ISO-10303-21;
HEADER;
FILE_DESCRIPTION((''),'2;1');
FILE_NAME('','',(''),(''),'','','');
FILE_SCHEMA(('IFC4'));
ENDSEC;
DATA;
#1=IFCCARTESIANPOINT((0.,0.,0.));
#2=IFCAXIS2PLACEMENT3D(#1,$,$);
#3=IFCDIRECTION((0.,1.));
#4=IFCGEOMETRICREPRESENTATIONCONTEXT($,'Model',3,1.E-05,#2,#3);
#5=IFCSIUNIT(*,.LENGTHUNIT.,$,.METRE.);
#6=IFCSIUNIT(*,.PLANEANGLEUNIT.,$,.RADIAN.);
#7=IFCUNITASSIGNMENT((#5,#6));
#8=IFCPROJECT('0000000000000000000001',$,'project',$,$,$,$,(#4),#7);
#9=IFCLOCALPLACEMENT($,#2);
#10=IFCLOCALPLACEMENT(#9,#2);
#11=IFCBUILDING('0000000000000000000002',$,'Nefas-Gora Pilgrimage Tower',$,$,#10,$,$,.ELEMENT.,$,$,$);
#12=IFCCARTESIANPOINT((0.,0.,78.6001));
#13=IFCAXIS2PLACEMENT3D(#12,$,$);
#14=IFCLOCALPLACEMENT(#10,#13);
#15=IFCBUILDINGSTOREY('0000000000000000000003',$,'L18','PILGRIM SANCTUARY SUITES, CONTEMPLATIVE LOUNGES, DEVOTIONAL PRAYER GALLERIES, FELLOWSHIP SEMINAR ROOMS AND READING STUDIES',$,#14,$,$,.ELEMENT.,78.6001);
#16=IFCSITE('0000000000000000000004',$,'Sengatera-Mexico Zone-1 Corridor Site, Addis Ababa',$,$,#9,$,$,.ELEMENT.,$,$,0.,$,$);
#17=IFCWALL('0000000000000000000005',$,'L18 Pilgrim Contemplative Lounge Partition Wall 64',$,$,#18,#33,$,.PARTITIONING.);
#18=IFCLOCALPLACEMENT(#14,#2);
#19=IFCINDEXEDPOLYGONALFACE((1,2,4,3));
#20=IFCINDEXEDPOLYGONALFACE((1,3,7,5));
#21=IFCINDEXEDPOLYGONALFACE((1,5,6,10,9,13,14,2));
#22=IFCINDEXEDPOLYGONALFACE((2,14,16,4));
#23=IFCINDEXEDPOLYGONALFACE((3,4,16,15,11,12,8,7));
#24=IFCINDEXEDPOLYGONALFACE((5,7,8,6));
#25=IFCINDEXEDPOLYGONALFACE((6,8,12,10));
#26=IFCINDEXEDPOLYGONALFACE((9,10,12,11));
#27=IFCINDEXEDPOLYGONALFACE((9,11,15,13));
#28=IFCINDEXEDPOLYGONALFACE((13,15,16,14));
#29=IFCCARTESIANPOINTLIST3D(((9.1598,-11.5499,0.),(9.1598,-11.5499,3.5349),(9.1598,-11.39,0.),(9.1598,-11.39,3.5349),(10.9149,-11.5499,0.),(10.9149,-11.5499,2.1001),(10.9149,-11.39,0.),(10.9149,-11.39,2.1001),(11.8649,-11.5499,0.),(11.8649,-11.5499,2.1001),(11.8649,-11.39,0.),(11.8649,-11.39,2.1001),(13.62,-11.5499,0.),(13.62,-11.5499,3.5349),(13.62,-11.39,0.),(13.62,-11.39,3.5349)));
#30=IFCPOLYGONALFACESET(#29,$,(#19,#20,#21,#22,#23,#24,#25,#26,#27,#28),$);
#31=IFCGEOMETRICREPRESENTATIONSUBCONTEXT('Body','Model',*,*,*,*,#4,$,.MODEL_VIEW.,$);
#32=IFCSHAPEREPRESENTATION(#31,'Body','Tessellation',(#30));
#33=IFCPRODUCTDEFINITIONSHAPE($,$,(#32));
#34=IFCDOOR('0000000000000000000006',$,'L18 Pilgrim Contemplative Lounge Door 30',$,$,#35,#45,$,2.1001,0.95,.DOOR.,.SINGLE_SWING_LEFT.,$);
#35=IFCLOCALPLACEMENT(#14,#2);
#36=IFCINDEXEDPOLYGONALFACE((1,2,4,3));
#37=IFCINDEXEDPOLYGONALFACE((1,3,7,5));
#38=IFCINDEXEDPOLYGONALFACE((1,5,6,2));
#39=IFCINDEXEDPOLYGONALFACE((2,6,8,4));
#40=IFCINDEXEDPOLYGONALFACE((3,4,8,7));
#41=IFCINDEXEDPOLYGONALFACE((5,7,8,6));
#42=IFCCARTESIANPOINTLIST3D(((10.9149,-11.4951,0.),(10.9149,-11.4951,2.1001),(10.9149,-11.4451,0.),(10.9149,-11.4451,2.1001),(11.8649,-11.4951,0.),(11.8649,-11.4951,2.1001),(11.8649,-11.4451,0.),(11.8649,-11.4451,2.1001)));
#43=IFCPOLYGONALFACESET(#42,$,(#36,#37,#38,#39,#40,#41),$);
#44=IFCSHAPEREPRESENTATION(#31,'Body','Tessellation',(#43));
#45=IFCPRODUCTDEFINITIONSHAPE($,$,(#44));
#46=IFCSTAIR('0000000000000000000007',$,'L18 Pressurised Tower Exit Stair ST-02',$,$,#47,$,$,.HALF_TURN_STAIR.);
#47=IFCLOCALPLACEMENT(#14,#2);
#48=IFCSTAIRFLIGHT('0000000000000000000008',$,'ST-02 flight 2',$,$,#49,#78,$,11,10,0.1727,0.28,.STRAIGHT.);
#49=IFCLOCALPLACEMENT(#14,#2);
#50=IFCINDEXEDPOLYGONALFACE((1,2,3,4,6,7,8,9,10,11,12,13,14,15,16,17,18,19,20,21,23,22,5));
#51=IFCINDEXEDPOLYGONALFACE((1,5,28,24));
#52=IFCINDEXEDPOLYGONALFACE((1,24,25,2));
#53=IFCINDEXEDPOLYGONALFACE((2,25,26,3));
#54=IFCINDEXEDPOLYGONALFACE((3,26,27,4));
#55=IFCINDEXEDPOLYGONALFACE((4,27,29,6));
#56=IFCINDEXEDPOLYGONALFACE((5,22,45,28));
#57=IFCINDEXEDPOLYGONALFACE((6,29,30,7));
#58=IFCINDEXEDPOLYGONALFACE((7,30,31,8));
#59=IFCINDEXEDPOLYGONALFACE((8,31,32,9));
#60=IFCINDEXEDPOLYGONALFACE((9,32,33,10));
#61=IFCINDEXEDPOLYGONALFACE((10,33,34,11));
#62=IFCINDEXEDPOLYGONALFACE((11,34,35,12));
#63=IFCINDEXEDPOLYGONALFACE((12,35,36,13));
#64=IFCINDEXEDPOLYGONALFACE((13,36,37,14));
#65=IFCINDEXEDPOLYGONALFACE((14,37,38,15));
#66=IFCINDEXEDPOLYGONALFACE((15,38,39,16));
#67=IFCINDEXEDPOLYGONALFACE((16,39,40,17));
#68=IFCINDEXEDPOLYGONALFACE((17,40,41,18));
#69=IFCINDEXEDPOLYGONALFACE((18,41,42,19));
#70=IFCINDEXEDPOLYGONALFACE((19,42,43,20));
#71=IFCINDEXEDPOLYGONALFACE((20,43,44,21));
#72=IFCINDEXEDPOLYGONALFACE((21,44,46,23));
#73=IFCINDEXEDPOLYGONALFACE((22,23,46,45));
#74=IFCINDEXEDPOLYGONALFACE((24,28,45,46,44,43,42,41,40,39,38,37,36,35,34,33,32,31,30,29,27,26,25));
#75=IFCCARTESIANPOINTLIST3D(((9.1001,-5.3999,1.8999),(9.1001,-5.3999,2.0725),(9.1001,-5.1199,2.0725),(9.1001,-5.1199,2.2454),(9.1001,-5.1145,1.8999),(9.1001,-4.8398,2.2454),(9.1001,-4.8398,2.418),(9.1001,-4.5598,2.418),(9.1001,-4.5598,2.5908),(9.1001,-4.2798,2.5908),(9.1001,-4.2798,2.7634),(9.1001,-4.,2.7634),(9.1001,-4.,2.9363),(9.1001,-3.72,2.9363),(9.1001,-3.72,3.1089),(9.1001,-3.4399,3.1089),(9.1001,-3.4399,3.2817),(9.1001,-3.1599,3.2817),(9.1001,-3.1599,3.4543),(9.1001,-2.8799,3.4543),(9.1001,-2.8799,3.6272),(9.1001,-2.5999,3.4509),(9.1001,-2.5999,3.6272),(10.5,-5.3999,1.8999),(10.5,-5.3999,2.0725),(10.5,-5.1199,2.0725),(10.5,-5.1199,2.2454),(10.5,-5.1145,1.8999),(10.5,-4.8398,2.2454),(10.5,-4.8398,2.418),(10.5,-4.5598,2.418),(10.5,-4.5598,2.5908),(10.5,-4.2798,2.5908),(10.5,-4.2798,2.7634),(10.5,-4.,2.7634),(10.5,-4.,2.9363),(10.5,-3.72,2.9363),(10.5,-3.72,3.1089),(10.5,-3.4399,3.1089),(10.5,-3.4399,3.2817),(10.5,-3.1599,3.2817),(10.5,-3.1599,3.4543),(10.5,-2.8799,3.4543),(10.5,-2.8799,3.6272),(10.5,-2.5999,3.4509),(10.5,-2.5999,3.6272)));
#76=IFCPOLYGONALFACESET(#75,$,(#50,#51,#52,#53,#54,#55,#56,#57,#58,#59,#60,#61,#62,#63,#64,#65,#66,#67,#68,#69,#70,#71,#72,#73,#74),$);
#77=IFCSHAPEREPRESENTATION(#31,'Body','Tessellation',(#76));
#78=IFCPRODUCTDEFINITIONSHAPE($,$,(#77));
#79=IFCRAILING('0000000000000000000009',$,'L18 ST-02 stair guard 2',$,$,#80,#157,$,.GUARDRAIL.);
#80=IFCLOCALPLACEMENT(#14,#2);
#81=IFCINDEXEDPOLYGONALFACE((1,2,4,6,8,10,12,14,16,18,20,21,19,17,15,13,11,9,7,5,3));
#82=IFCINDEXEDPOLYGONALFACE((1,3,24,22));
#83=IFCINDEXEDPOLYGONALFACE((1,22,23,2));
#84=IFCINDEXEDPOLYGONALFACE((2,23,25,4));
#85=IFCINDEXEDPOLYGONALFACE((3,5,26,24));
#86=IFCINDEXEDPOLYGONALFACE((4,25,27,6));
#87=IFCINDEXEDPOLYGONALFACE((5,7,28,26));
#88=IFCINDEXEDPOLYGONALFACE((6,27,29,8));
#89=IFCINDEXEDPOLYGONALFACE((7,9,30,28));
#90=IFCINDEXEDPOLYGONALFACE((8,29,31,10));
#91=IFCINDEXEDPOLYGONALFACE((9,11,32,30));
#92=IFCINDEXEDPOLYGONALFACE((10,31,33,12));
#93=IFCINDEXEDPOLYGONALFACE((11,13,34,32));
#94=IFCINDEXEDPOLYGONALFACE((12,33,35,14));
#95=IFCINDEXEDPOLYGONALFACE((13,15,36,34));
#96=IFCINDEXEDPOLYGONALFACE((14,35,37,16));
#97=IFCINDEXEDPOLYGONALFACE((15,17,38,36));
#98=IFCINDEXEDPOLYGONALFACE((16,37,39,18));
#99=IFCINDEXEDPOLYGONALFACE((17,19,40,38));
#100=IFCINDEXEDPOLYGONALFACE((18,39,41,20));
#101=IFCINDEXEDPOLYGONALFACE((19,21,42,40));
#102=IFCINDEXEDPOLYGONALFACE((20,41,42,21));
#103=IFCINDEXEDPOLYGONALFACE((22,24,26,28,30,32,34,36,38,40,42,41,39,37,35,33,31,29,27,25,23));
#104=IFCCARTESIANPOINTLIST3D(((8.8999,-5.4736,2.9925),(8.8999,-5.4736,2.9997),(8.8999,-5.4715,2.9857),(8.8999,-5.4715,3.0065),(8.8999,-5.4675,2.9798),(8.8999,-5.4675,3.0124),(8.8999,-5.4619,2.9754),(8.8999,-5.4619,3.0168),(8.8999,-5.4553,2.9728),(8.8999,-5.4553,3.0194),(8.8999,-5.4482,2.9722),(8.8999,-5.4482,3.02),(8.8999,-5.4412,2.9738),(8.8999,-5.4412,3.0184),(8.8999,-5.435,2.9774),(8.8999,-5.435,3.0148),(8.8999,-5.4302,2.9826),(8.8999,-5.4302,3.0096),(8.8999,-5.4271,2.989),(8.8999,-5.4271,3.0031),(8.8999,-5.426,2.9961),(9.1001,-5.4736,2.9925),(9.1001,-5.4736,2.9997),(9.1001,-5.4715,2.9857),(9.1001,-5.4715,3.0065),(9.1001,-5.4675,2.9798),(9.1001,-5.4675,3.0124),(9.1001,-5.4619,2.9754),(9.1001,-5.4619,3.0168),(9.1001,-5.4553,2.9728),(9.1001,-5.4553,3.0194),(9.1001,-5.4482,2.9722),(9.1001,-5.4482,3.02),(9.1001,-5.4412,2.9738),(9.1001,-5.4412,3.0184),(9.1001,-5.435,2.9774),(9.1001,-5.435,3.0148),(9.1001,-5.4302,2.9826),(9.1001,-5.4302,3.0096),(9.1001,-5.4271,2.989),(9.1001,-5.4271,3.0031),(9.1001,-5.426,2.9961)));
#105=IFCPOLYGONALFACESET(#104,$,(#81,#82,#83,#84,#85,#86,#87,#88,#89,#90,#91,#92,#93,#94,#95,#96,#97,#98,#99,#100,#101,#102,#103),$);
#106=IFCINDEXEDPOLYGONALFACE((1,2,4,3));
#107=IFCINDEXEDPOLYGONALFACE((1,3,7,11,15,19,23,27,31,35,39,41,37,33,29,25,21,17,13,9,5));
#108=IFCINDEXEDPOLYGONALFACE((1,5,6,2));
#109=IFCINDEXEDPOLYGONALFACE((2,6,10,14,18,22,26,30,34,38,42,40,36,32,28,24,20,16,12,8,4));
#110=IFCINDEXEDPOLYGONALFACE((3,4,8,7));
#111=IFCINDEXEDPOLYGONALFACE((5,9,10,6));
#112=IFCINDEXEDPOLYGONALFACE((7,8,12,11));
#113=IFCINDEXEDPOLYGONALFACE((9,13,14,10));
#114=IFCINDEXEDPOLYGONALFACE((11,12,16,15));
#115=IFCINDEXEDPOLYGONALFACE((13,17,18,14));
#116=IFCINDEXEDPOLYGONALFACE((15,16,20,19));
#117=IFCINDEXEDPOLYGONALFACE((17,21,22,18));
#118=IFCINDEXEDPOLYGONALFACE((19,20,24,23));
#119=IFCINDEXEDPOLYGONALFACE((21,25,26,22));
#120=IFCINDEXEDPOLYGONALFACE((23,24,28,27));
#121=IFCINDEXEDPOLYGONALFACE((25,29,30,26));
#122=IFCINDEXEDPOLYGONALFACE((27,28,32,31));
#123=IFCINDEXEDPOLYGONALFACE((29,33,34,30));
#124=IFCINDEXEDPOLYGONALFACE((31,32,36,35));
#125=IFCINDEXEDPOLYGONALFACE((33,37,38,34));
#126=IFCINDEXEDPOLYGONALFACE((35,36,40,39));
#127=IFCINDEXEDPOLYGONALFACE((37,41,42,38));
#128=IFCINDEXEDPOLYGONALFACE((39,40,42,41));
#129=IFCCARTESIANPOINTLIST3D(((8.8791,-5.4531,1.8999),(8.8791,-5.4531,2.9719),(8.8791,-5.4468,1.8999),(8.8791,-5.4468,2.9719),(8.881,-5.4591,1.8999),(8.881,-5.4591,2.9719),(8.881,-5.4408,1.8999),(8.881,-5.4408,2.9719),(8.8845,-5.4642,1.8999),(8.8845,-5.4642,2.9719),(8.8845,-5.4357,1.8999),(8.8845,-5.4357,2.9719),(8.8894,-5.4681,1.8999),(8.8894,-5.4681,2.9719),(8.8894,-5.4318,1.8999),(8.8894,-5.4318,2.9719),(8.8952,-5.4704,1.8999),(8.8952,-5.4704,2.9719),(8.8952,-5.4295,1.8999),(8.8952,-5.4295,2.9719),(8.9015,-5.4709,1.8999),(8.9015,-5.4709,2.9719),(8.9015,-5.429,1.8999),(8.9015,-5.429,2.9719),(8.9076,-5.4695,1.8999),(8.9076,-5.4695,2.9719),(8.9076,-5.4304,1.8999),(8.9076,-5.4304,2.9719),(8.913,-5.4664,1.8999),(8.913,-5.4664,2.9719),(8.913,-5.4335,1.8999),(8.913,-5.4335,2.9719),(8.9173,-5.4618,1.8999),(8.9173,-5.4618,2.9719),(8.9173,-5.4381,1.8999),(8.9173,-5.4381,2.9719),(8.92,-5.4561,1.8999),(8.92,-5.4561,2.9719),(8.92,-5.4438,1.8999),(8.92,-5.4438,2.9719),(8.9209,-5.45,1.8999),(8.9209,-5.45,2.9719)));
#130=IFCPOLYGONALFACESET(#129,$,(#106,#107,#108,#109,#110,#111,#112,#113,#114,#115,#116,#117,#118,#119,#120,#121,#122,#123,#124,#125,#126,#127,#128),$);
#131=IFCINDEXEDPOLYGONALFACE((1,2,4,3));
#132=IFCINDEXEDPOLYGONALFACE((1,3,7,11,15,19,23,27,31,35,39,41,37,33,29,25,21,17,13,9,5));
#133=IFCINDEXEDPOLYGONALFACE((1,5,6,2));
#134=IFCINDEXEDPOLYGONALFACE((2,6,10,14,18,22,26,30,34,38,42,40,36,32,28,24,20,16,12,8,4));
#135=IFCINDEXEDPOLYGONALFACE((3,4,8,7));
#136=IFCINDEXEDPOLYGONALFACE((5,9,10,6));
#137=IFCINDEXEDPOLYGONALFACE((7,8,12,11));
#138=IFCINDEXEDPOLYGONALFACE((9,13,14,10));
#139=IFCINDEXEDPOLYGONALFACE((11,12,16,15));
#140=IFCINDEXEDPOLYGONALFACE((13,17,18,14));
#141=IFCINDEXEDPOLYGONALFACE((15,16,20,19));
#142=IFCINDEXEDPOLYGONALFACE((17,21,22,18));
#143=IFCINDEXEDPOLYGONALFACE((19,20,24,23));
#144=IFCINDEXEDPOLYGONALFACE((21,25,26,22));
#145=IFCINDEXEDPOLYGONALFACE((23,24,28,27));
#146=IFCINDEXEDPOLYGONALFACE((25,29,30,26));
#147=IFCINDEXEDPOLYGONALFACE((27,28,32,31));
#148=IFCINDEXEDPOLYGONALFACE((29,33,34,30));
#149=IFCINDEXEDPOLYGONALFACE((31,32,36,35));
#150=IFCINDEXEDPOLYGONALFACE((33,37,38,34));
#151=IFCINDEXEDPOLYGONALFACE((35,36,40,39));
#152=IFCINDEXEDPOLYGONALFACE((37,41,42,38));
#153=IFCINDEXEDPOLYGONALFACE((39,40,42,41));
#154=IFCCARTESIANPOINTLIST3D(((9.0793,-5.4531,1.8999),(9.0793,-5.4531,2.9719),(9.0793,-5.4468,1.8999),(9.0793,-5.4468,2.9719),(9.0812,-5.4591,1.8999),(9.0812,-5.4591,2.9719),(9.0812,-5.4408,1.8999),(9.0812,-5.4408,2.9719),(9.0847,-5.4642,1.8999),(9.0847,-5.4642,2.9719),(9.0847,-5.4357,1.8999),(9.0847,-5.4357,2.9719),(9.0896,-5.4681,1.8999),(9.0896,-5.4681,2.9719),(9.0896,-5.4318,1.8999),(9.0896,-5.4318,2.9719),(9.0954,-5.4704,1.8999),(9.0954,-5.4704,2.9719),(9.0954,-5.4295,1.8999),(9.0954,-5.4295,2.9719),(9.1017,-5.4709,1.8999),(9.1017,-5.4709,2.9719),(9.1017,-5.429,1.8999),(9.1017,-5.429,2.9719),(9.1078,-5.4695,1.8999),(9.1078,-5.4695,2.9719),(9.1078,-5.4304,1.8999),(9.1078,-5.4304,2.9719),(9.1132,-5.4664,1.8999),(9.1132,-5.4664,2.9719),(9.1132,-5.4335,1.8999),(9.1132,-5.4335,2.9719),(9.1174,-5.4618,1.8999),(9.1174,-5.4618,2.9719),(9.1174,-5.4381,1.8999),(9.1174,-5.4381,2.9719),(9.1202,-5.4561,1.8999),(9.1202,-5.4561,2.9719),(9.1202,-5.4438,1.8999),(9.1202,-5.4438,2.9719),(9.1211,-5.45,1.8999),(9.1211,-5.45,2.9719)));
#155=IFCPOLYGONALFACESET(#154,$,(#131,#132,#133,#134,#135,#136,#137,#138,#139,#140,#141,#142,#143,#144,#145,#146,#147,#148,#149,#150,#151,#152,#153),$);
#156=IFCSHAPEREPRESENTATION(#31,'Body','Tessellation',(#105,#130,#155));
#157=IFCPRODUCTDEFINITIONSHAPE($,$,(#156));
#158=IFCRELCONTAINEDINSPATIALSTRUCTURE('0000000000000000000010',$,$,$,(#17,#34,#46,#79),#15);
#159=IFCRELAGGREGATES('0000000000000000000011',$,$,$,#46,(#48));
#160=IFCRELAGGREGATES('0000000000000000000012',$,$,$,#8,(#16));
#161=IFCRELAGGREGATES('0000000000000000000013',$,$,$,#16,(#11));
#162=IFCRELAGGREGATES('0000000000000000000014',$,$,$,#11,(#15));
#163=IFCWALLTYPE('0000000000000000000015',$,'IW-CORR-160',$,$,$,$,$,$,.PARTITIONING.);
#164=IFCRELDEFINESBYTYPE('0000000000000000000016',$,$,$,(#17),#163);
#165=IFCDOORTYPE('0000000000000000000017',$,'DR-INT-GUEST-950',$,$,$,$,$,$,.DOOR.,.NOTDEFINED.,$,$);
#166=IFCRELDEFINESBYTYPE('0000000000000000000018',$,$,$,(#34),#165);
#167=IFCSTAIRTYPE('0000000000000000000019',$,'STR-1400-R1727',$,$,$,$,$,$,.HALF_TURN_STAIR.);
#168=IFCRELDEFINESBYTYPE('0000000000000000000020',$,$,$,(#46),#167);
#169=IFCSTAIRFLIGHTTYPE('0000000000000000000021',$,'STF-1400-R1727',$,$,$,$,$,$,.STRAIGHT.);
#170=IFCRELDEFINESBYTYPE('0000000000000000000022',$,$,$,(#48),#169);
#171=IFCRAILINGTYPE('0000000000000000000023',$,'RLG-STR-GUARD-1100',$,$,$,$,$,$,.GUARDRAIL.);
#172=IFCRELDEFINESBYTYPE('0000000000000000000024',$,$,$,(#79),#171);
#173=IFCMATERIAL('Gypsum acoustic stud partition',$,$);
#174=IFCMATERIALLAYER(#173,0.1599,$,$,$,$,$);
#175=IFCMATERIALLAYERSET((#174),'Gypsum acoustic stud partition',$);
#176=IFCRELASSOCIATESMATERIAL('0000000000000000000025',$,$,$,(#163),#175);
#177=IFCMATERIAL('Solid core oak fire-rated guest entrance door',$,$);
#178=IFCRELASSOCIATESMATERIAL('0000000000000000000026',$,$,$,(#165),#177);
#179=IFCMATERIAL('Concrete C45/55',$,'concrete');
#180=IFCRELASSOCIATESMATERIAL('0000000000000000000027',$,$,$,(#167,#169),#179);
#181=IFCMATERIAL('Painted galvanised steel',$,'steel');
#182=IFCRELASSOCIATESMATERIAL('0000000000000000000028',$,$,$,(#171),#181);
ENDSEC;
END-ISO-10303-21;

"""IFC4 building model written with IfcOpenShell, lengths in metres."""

from ifc_helpers import new_model, si_unit, direction, frame, frame_2d, origin, origin_2d, place, context, subcontext, project, spatial, polyline, rectangle, circle, outline, extrude, source, transform, mapped, material, layer, layer_set, type_object, element, fill, aggregate, save


model = new_model("IFC4")

# Units and contexts
model_context = context("Model", 3, precision=1e-05, world=origin(), true_north=direction((0.0, 1.0)))
body_context = subcontext(model_context, "Body", "Model", "MODEL_VIEW")
ifc_project = project(units=[si_unit("LENGTHUNIT", "METRE"), si_unit("PLANEANGLEUNIT", "RADIAN")], contexts=[model_context])

# Site, building, storey
site_placement = place(None, origin())
site = spatial("IfcSite", under=ifc_project, at=site_placement, Name="Sengatera-Mexico Zone-1 Corridor Site, Addis Ababa", CompositionType="ELEMENT", RefElevation=0.0)
building_placement = place(site_placement, origin())
building = spatial("IfcBuilding", under=site, at=building_placement, Name="Nefas-Gora Pilgrimage Tower", CompositionType="ELEMENT")
storey_placement = place(building_placement, frame((0.0, 0.0, 78.6001)))
storey = spatial("IfcBuildingStorey", under=building, at=storey_placement, Name="L18", Description="PILGRIM SANCTUARY SUITES, CONTEMPLATIVE LOUNGES, DEVOTIONAL PRAYER GALLERIES, FELLOWSHIP SEMINAR ROOMS AND READING STUDIES", CompositionType="ELEMENT", Elevation=78.6001)

# Wall, opening, door
ifc_material_1 = material(Name="Gypsum acoustic stud partition")
ifc_layer_1 = layer(ifc_material_1, 0.1599)
ifc_layer_set_1 = layer_set([ifc_layer_1], Name="Gypsum acoustic stud partition")
wall_type_1 = type_object("IfcWallType", Name="IW-CORR-160", PredefinedType="PARTITIONING", material=ifc_layer_set_1)
ifc_material_2 = material(Name="Solid core oak fire-rated guest entrance door")
door_type_1 = type_object("IfcDoorType", Name="DR-INT-GUEST-950", OperationType="NOTDEFINED", PredefinedType="DOOR", material=ifc_material_2)
shared_shape_1 = source(origin(), body_context, "Body", "SweptSolid", [
    extrude(rectangle(XDim=0.95, YDim=2.1001, at=frame_2d((0.4751, 1.05))), frame((0.0, 0.0249, 0.0), z_axis=(0.0, -1.0, 0.0), x_axis=(1.0, 0.0, 0.0)), (0.0, 0.0, 1.0), 0.05),
])
shared_shape_2 = source(origin(), body_context, "Body", "SweptSolid", [
    extrude(rectangle(XDim=4.4602, YDim=0.1599, at=frame_2d((2.23, 0.0))), origin(), (0.0, 0.0, 1.0), 3.5349),
])
wall_1_placement = place(storey_placement, frame((9.1599, -11.47, 0.0), z_axis=(0.0, 0.0, 1.0), x_axis=(1.0, 0.0, 0.0)))
wall_1 = element("IfcWall", 1, at=wall_1_placement, inside=storey, type_object=wall_type_1, Name="L18 Pilgrim Contemplative Lounge Partition Wall 64", PredefinedType="PARTITIONING", context=body_context, shape_type="MappedRepresentation", body=[
    mapped(shared_shape_2, transform((0.0, 0.0, 0.0), x_axis=(1.0, 0.0, 0.0), y_axis=(0.0, 1.0, 0.0), z_axis=(0.0, 0.0, 1.0), scale=1.0)),
])
opening_1_placement = place(wall_1_placement, frame((1.7549, 0.0, 0.0)))
opening_1 = element("IfcOpeningElement", 2, at=opening_1_placement, cuts=wall_1, PredefinedType="OPENING", context=body_context, shape_type="SweptSolid", body=[
    extrude(rectangle(XDim=0.95, YDim=2.1001, at=frame_2d((0.4751, 1.05))), frame((0.0, 0.0898, 0.0), z_axis=(0.0, -1.0, 0.0), x_axis=(1.0, 0.0, 0.0)), (0.0, 0.0, 1.0), 0.1799),
])
door_1_placement = place(opening_1_placement, origin())
door_1 = element("IfcDoor", 3, at=door_1_placement, inside=storey, type_object=door_type_1, Name="L18 Pilgrim Contemplative Lounge Door 30", OperationType="SINGLE_SWING_LEFT", OverallHeight=2.1001, OverallWidth=0.95, PredefinedType="DOOR", context=body_context, shape_type="MappedRepresentation", body=[
    mapped(shared_shape_1, transform((0.0, 0.0, 0.0), x_axis=(1.0, 0.0, 0.0), y_axis=(0.0, 1.0, 0.0), z_axis=(0.0, 0.0, 1.0), scale=1.0)),
])
fill(opening_1, door_1)

# Stair, stair flight
ifc_material_3 = material(Name="Concrete C45/55", Category="concrete")
stair_type = type_object("IfcStairType", Name="STR-1400-R1727", PredefinedType="HALF_TURN_STAIR", material=ifc_material_3)
stair_placement = place(storey_placement, origin())
stair = element("IfcStair", 4, at=stair_placement, inside=storey, type_object=stair_type, Name="L18 Pressurised Tower Exit Stair ST-02", PredefinedType="HALF_TURN_STAIR")
stair_flight_type = type_object("IfcStairFlightType", Name="STF-1400-R1727", PredefinedType="STRAIGHT", material=ifc_material_3)
shared_shape_3 = source(origin(), body_context, "Body", "SweptSolid", [
    extrude(outline(polyline([(0.0, 0.0), (0.0, 0.1726), (0.28, 0.1726), (0.28, 0.3455), (0.5601, 0.3455), (0.5601, 0.5181), (0.8401, 0.5181), (0.8401, 0.6909), (1.1201, 0.6909), (1.1201, 0.8635), (1.3999, 0.8635), (1.3999, 1.0364), (1.6799, 1.0364), (1.6799, 1.209), (1.96, 1.209), (1.96, 1.3818), (2.24, 1.3818), (2.24, 1.5544), (2.52, 1.5544), (2.52, 1.7273), (2.8, 1.7273), (2.8, 1.8999), (2.8, 1.551), (0.2854, 0.0), (0.0, 0.0)])), frame((0.0, 0.7, 0.0), z_axis=(0.0, -1.0, 0.0), x_axis=(1.0, 0.0, 0.0)), (0.0, 0.0, 1.0), 1.3999),
])
stair_flight_placement = place(storey_placement, frame((9.8, -5.3999, 1.8999), z_axis=(0.0, 0.0, 1.0), x_axis=(0.0, 1.0, 0.0)))
stair_flight = element("IfcStairFlight", 5, at=stair_flight_placement, type_object=stair_flight_type, Name="ST-02 flight 2", NumberOfRisers=11, NumberOfTreads=10, PredefinedType="STRAIGHT", RiserHeight=0.1727, TreadLength=0.28, context=body_context, shape_type="MappedRepresentation", body=[
    mapped(shared_shape_3, transform((0.0, 0.0, 0.0), x_axis=(1.0, 0.0, 0.0), y_axis=(0.0, 1.0, 0.0), z_axis=(0.0, 0.0, 1.0), scale=1.0)),
])
aggregate(stair, [stair_flight])

# Railing
ifc_material_4 = material(Name="Painted galvanised steel", Category="steel")
railing_type_1 = type_object("IfcRailingType", Name="RLG-STR-GUARD-1100", PredefinedType="GUARDRAIL", material=ifc_material_4)
railing_1_placement = place(storey_placement, frame((8.8999, -5.45, 1.8999)))
element("IfcRailing", 6, at=railing_1_placement, inside=storey, type_object=railing_type_1, Name="L18 ST-02 stair guard 2", PredefinedType="GUARDRAIL", context=body_context, shape_type="SweptSolid", body=[
    extrude(circle(Radius=0.0239, at=origin_2d()), frame((0.0, 0.0, 1.0962), z_axis=(1.0, 0.0, 0.0), x_axis=(0.0, 1.0, 0.0)), (0.0, 0.0, 1.0), 0.2002),
    extrude(circle(Radius=0.021, at=origin_2d()), origin(), (0.0, 0.0, 1.0), 1.072),
    extrude(circle(Radius=0.021, at=origin_2d()), frame((0.2002, 0.0, 0.0)), (0.0, 0.0, 1.0), 1.072),
])

save(model, "model.ifc")
